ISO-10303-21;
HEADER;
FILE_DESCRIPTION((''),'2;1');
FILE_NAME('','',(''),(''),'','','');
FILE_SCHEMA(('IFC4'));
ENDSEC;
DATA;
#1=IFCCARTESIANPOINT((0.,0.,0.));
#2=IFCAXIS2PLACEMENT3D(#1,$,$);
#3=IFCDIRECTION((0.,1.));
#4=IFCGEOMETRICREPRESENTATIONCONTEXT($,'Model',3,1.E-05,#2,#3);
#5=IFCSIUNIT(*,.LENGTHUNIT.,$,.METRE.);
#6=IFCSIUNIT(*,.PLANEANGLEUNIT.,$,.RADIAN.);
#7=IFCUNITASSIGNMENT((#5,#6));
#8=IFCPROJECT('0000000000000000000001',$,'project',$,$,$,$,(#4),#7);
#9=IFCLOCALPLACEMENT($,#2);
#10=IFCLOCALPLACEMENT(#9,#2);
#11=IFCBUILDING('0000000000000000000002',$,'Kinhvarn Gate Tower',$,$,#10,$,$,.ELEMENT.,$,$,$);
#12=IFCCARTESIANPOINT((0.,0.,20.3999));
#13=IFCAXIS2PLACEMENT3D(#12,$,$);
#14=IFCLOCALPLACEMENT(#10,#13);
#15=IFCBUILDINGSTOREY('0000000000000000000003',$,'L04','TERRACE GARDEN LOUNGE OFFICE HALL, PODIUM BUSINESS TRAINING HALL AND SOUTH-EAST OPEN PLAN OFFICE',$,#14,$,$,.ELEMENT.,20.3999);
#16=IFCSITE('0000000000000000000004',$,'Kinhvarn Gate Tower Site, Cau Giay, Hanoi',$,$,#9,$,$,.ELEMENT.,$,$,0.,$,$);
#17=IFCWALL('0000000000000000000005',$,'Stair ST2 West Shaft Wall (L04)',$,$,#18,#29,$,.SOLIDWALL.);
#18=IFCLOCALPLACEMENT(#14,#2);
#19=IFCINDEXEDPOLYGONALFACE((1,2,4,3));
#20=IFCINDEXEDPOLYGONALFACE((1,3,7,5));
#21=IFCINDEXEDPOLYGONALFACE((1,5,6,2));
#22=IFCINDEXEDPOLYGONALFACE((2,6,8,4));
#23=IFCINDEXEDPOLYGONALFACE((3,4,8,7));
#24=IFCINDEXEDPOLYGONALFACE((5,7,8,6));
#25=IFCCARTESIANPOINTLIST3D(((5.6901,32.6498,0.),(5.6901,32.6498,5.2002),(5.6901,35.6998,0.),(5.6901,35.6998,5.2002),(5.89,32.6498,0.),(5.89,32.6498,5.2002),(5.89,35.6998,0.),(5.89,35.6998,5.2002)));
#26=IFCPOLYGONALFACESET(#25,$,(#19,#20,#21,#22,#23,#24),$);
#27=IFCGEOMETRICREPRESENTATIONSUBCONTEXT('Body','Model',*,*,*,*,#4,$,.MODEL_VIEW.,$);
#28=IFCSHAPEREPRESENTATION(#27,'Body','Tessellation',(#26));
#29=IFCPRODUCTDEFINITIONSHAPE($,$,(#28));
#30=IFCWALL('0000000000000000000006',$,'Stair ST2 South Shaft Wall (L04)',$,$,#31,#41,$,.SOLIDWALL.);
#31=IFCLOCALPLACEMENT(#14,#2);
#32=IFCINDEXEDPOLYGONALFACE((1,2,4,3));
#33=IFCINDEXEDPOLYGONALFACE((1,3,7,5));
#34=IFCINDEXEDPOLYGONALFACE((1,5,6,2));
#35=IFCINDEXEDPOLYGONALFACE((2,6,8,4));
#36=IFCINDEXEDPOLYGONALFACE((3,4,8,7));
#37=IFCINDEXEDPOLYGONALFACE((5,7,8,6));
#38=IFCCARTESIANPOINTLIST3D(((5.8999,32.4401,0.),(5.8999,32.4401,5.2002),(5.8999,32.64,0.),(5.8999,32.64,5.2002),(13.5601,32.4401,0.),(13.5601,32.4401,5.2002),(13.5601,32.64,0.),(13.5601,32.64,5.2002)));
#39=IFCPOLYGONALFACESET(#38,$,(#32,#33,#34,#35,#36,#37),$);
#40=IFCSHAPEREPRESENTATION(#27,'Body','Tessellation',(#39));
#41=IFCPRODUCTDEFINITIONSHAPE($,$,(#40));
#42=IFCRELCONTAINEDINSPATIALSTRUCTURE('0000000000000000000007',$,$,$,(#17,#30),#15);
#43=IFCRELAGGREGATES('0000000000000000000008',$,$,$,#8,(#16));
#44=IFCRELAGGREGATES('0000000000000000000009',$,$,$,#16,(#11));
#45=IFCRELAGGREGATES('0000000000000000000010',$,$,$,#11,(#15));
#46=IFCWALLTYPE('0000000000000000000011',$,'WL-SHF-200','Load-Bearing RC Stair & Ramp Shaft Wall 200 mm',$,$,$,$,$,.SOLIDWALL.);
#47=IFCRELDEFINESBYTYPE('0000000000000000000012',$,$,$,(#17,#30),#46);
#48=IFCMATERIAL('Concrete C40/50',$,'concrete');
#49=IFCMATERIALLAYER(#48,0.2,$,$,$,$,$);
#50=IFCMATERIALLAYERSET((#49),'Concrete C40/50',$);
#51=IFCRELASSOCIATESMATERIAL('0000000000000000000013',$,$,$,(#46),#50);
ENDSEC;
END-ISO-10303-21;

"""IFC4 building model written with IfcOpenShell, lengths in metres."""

from ifc_helpers import new_model, si_unit, direction, frame, frame_2d, origin, place, context, subcontext, project, spatial, rectangle, extrude, material, layer, layer_set, type_object, element, save


model = new_model("IFC4")

# Units and contexts
model_context = context("Model", 3, precision=1e-05, world=origin(), true_north=direction((0.0, 1.0)))
body_context = subcontext(model_context, "Body", "Model", "MODEL_VIEW")
ifc_project = project(units=[si_unit("LENGTHUNIT", "METRE"), si_unit("PLANEANGLEUNIT", "RADIAN")], contexts=[model_context])

# Site, building, storey
site_placement = place(None, origin())
site = spatial("IfcSite", under=ifc_project, at=site_placement, Name="Kinhvarn Gate Tower Site, Cau Giay, Hanoi", CompositionType="ELEMENT", RefElevation=0.0)
building_placement = place(site_placement, origin())
building = spatial("IfcBuilding", under=site, at=building_placement, Name="Kinhvarn Gate Tower", CompositionType="ELEMENT")
storey_placement = place(building_placement, frame((0.0, 0.0, 20.3999)))
storey = spatial("IfcBuildingStorey", under=building, at=storey_placement, Name="L04", Description="TERRACE GARDEN LOUNGE OFFICE HALL, PODIUM BUSINESS TRAINING HALL AND SOUTH-EAST OPEN PLAN OFFICE", CompositionType="ELEMENT", Elevation=20.3999)

# Walls
ifc_material_1 = material(Name="Concrete C40/50", Category="concrete")
ifc_layer_1 = layer(ifc_material_1, 0.2)
ifc_layer_set_1 = layer_set([ifc_layer_1], Name="Concrete C40/50")
wall_type_1 = type_object("IfcWallType", Name="WL-SHF-200", Description="Load-Bearing RC Stair & Ramp Shaft Wall 200 mm", PredefinedType="SOLIDWALL", material=ifc_layer_set_1)
wall_1_placement = place(storey_placement, frame((5.79, 32.6499, 0.0), z_axis=(0.0, 0.0, 1.0), x_axis=(0.0, 1.0, 0.0)))
element("IfcWall", 1, at=wall_1_placement, inside=storey, type_object=wall_type_1, Name="Stair ST2 West Shaft Wall (L04)", PredefinedType="SOLIDWALL", context=body_context, shape_type="SweptSolid", body=[
    extrude(rectangle(XDim=3.05, YDim=0.2, at=frame_2d((1.5249, 0.0))), origin(), (0.0, 0.0, 1.0), 5.2002),
])
wall_2_placement = place(storey_placement, frame((5.8999, 32.54, 0.0), z_axis=(0.0, 0.0, 1.0), x_axis=(1.0, 0.0, 0.0)))
element("IfcWall", 2, at=wall_2_placement, inside=storey, type_object=wall_type_1, Name="Stair ST2 South Shaft Wall (L04)", PredefinedType="SOLIDWALL", context=body_context, shape_type="SweptSolid", body=[
    extrude(rectangle(XDim=7.6602, YDim=0.2, at=frame_2d((3.8301, 0.0))), origin(), (0.0, 0.0, 1.0), 5.2002),
])

save(model, "model.ifc")
